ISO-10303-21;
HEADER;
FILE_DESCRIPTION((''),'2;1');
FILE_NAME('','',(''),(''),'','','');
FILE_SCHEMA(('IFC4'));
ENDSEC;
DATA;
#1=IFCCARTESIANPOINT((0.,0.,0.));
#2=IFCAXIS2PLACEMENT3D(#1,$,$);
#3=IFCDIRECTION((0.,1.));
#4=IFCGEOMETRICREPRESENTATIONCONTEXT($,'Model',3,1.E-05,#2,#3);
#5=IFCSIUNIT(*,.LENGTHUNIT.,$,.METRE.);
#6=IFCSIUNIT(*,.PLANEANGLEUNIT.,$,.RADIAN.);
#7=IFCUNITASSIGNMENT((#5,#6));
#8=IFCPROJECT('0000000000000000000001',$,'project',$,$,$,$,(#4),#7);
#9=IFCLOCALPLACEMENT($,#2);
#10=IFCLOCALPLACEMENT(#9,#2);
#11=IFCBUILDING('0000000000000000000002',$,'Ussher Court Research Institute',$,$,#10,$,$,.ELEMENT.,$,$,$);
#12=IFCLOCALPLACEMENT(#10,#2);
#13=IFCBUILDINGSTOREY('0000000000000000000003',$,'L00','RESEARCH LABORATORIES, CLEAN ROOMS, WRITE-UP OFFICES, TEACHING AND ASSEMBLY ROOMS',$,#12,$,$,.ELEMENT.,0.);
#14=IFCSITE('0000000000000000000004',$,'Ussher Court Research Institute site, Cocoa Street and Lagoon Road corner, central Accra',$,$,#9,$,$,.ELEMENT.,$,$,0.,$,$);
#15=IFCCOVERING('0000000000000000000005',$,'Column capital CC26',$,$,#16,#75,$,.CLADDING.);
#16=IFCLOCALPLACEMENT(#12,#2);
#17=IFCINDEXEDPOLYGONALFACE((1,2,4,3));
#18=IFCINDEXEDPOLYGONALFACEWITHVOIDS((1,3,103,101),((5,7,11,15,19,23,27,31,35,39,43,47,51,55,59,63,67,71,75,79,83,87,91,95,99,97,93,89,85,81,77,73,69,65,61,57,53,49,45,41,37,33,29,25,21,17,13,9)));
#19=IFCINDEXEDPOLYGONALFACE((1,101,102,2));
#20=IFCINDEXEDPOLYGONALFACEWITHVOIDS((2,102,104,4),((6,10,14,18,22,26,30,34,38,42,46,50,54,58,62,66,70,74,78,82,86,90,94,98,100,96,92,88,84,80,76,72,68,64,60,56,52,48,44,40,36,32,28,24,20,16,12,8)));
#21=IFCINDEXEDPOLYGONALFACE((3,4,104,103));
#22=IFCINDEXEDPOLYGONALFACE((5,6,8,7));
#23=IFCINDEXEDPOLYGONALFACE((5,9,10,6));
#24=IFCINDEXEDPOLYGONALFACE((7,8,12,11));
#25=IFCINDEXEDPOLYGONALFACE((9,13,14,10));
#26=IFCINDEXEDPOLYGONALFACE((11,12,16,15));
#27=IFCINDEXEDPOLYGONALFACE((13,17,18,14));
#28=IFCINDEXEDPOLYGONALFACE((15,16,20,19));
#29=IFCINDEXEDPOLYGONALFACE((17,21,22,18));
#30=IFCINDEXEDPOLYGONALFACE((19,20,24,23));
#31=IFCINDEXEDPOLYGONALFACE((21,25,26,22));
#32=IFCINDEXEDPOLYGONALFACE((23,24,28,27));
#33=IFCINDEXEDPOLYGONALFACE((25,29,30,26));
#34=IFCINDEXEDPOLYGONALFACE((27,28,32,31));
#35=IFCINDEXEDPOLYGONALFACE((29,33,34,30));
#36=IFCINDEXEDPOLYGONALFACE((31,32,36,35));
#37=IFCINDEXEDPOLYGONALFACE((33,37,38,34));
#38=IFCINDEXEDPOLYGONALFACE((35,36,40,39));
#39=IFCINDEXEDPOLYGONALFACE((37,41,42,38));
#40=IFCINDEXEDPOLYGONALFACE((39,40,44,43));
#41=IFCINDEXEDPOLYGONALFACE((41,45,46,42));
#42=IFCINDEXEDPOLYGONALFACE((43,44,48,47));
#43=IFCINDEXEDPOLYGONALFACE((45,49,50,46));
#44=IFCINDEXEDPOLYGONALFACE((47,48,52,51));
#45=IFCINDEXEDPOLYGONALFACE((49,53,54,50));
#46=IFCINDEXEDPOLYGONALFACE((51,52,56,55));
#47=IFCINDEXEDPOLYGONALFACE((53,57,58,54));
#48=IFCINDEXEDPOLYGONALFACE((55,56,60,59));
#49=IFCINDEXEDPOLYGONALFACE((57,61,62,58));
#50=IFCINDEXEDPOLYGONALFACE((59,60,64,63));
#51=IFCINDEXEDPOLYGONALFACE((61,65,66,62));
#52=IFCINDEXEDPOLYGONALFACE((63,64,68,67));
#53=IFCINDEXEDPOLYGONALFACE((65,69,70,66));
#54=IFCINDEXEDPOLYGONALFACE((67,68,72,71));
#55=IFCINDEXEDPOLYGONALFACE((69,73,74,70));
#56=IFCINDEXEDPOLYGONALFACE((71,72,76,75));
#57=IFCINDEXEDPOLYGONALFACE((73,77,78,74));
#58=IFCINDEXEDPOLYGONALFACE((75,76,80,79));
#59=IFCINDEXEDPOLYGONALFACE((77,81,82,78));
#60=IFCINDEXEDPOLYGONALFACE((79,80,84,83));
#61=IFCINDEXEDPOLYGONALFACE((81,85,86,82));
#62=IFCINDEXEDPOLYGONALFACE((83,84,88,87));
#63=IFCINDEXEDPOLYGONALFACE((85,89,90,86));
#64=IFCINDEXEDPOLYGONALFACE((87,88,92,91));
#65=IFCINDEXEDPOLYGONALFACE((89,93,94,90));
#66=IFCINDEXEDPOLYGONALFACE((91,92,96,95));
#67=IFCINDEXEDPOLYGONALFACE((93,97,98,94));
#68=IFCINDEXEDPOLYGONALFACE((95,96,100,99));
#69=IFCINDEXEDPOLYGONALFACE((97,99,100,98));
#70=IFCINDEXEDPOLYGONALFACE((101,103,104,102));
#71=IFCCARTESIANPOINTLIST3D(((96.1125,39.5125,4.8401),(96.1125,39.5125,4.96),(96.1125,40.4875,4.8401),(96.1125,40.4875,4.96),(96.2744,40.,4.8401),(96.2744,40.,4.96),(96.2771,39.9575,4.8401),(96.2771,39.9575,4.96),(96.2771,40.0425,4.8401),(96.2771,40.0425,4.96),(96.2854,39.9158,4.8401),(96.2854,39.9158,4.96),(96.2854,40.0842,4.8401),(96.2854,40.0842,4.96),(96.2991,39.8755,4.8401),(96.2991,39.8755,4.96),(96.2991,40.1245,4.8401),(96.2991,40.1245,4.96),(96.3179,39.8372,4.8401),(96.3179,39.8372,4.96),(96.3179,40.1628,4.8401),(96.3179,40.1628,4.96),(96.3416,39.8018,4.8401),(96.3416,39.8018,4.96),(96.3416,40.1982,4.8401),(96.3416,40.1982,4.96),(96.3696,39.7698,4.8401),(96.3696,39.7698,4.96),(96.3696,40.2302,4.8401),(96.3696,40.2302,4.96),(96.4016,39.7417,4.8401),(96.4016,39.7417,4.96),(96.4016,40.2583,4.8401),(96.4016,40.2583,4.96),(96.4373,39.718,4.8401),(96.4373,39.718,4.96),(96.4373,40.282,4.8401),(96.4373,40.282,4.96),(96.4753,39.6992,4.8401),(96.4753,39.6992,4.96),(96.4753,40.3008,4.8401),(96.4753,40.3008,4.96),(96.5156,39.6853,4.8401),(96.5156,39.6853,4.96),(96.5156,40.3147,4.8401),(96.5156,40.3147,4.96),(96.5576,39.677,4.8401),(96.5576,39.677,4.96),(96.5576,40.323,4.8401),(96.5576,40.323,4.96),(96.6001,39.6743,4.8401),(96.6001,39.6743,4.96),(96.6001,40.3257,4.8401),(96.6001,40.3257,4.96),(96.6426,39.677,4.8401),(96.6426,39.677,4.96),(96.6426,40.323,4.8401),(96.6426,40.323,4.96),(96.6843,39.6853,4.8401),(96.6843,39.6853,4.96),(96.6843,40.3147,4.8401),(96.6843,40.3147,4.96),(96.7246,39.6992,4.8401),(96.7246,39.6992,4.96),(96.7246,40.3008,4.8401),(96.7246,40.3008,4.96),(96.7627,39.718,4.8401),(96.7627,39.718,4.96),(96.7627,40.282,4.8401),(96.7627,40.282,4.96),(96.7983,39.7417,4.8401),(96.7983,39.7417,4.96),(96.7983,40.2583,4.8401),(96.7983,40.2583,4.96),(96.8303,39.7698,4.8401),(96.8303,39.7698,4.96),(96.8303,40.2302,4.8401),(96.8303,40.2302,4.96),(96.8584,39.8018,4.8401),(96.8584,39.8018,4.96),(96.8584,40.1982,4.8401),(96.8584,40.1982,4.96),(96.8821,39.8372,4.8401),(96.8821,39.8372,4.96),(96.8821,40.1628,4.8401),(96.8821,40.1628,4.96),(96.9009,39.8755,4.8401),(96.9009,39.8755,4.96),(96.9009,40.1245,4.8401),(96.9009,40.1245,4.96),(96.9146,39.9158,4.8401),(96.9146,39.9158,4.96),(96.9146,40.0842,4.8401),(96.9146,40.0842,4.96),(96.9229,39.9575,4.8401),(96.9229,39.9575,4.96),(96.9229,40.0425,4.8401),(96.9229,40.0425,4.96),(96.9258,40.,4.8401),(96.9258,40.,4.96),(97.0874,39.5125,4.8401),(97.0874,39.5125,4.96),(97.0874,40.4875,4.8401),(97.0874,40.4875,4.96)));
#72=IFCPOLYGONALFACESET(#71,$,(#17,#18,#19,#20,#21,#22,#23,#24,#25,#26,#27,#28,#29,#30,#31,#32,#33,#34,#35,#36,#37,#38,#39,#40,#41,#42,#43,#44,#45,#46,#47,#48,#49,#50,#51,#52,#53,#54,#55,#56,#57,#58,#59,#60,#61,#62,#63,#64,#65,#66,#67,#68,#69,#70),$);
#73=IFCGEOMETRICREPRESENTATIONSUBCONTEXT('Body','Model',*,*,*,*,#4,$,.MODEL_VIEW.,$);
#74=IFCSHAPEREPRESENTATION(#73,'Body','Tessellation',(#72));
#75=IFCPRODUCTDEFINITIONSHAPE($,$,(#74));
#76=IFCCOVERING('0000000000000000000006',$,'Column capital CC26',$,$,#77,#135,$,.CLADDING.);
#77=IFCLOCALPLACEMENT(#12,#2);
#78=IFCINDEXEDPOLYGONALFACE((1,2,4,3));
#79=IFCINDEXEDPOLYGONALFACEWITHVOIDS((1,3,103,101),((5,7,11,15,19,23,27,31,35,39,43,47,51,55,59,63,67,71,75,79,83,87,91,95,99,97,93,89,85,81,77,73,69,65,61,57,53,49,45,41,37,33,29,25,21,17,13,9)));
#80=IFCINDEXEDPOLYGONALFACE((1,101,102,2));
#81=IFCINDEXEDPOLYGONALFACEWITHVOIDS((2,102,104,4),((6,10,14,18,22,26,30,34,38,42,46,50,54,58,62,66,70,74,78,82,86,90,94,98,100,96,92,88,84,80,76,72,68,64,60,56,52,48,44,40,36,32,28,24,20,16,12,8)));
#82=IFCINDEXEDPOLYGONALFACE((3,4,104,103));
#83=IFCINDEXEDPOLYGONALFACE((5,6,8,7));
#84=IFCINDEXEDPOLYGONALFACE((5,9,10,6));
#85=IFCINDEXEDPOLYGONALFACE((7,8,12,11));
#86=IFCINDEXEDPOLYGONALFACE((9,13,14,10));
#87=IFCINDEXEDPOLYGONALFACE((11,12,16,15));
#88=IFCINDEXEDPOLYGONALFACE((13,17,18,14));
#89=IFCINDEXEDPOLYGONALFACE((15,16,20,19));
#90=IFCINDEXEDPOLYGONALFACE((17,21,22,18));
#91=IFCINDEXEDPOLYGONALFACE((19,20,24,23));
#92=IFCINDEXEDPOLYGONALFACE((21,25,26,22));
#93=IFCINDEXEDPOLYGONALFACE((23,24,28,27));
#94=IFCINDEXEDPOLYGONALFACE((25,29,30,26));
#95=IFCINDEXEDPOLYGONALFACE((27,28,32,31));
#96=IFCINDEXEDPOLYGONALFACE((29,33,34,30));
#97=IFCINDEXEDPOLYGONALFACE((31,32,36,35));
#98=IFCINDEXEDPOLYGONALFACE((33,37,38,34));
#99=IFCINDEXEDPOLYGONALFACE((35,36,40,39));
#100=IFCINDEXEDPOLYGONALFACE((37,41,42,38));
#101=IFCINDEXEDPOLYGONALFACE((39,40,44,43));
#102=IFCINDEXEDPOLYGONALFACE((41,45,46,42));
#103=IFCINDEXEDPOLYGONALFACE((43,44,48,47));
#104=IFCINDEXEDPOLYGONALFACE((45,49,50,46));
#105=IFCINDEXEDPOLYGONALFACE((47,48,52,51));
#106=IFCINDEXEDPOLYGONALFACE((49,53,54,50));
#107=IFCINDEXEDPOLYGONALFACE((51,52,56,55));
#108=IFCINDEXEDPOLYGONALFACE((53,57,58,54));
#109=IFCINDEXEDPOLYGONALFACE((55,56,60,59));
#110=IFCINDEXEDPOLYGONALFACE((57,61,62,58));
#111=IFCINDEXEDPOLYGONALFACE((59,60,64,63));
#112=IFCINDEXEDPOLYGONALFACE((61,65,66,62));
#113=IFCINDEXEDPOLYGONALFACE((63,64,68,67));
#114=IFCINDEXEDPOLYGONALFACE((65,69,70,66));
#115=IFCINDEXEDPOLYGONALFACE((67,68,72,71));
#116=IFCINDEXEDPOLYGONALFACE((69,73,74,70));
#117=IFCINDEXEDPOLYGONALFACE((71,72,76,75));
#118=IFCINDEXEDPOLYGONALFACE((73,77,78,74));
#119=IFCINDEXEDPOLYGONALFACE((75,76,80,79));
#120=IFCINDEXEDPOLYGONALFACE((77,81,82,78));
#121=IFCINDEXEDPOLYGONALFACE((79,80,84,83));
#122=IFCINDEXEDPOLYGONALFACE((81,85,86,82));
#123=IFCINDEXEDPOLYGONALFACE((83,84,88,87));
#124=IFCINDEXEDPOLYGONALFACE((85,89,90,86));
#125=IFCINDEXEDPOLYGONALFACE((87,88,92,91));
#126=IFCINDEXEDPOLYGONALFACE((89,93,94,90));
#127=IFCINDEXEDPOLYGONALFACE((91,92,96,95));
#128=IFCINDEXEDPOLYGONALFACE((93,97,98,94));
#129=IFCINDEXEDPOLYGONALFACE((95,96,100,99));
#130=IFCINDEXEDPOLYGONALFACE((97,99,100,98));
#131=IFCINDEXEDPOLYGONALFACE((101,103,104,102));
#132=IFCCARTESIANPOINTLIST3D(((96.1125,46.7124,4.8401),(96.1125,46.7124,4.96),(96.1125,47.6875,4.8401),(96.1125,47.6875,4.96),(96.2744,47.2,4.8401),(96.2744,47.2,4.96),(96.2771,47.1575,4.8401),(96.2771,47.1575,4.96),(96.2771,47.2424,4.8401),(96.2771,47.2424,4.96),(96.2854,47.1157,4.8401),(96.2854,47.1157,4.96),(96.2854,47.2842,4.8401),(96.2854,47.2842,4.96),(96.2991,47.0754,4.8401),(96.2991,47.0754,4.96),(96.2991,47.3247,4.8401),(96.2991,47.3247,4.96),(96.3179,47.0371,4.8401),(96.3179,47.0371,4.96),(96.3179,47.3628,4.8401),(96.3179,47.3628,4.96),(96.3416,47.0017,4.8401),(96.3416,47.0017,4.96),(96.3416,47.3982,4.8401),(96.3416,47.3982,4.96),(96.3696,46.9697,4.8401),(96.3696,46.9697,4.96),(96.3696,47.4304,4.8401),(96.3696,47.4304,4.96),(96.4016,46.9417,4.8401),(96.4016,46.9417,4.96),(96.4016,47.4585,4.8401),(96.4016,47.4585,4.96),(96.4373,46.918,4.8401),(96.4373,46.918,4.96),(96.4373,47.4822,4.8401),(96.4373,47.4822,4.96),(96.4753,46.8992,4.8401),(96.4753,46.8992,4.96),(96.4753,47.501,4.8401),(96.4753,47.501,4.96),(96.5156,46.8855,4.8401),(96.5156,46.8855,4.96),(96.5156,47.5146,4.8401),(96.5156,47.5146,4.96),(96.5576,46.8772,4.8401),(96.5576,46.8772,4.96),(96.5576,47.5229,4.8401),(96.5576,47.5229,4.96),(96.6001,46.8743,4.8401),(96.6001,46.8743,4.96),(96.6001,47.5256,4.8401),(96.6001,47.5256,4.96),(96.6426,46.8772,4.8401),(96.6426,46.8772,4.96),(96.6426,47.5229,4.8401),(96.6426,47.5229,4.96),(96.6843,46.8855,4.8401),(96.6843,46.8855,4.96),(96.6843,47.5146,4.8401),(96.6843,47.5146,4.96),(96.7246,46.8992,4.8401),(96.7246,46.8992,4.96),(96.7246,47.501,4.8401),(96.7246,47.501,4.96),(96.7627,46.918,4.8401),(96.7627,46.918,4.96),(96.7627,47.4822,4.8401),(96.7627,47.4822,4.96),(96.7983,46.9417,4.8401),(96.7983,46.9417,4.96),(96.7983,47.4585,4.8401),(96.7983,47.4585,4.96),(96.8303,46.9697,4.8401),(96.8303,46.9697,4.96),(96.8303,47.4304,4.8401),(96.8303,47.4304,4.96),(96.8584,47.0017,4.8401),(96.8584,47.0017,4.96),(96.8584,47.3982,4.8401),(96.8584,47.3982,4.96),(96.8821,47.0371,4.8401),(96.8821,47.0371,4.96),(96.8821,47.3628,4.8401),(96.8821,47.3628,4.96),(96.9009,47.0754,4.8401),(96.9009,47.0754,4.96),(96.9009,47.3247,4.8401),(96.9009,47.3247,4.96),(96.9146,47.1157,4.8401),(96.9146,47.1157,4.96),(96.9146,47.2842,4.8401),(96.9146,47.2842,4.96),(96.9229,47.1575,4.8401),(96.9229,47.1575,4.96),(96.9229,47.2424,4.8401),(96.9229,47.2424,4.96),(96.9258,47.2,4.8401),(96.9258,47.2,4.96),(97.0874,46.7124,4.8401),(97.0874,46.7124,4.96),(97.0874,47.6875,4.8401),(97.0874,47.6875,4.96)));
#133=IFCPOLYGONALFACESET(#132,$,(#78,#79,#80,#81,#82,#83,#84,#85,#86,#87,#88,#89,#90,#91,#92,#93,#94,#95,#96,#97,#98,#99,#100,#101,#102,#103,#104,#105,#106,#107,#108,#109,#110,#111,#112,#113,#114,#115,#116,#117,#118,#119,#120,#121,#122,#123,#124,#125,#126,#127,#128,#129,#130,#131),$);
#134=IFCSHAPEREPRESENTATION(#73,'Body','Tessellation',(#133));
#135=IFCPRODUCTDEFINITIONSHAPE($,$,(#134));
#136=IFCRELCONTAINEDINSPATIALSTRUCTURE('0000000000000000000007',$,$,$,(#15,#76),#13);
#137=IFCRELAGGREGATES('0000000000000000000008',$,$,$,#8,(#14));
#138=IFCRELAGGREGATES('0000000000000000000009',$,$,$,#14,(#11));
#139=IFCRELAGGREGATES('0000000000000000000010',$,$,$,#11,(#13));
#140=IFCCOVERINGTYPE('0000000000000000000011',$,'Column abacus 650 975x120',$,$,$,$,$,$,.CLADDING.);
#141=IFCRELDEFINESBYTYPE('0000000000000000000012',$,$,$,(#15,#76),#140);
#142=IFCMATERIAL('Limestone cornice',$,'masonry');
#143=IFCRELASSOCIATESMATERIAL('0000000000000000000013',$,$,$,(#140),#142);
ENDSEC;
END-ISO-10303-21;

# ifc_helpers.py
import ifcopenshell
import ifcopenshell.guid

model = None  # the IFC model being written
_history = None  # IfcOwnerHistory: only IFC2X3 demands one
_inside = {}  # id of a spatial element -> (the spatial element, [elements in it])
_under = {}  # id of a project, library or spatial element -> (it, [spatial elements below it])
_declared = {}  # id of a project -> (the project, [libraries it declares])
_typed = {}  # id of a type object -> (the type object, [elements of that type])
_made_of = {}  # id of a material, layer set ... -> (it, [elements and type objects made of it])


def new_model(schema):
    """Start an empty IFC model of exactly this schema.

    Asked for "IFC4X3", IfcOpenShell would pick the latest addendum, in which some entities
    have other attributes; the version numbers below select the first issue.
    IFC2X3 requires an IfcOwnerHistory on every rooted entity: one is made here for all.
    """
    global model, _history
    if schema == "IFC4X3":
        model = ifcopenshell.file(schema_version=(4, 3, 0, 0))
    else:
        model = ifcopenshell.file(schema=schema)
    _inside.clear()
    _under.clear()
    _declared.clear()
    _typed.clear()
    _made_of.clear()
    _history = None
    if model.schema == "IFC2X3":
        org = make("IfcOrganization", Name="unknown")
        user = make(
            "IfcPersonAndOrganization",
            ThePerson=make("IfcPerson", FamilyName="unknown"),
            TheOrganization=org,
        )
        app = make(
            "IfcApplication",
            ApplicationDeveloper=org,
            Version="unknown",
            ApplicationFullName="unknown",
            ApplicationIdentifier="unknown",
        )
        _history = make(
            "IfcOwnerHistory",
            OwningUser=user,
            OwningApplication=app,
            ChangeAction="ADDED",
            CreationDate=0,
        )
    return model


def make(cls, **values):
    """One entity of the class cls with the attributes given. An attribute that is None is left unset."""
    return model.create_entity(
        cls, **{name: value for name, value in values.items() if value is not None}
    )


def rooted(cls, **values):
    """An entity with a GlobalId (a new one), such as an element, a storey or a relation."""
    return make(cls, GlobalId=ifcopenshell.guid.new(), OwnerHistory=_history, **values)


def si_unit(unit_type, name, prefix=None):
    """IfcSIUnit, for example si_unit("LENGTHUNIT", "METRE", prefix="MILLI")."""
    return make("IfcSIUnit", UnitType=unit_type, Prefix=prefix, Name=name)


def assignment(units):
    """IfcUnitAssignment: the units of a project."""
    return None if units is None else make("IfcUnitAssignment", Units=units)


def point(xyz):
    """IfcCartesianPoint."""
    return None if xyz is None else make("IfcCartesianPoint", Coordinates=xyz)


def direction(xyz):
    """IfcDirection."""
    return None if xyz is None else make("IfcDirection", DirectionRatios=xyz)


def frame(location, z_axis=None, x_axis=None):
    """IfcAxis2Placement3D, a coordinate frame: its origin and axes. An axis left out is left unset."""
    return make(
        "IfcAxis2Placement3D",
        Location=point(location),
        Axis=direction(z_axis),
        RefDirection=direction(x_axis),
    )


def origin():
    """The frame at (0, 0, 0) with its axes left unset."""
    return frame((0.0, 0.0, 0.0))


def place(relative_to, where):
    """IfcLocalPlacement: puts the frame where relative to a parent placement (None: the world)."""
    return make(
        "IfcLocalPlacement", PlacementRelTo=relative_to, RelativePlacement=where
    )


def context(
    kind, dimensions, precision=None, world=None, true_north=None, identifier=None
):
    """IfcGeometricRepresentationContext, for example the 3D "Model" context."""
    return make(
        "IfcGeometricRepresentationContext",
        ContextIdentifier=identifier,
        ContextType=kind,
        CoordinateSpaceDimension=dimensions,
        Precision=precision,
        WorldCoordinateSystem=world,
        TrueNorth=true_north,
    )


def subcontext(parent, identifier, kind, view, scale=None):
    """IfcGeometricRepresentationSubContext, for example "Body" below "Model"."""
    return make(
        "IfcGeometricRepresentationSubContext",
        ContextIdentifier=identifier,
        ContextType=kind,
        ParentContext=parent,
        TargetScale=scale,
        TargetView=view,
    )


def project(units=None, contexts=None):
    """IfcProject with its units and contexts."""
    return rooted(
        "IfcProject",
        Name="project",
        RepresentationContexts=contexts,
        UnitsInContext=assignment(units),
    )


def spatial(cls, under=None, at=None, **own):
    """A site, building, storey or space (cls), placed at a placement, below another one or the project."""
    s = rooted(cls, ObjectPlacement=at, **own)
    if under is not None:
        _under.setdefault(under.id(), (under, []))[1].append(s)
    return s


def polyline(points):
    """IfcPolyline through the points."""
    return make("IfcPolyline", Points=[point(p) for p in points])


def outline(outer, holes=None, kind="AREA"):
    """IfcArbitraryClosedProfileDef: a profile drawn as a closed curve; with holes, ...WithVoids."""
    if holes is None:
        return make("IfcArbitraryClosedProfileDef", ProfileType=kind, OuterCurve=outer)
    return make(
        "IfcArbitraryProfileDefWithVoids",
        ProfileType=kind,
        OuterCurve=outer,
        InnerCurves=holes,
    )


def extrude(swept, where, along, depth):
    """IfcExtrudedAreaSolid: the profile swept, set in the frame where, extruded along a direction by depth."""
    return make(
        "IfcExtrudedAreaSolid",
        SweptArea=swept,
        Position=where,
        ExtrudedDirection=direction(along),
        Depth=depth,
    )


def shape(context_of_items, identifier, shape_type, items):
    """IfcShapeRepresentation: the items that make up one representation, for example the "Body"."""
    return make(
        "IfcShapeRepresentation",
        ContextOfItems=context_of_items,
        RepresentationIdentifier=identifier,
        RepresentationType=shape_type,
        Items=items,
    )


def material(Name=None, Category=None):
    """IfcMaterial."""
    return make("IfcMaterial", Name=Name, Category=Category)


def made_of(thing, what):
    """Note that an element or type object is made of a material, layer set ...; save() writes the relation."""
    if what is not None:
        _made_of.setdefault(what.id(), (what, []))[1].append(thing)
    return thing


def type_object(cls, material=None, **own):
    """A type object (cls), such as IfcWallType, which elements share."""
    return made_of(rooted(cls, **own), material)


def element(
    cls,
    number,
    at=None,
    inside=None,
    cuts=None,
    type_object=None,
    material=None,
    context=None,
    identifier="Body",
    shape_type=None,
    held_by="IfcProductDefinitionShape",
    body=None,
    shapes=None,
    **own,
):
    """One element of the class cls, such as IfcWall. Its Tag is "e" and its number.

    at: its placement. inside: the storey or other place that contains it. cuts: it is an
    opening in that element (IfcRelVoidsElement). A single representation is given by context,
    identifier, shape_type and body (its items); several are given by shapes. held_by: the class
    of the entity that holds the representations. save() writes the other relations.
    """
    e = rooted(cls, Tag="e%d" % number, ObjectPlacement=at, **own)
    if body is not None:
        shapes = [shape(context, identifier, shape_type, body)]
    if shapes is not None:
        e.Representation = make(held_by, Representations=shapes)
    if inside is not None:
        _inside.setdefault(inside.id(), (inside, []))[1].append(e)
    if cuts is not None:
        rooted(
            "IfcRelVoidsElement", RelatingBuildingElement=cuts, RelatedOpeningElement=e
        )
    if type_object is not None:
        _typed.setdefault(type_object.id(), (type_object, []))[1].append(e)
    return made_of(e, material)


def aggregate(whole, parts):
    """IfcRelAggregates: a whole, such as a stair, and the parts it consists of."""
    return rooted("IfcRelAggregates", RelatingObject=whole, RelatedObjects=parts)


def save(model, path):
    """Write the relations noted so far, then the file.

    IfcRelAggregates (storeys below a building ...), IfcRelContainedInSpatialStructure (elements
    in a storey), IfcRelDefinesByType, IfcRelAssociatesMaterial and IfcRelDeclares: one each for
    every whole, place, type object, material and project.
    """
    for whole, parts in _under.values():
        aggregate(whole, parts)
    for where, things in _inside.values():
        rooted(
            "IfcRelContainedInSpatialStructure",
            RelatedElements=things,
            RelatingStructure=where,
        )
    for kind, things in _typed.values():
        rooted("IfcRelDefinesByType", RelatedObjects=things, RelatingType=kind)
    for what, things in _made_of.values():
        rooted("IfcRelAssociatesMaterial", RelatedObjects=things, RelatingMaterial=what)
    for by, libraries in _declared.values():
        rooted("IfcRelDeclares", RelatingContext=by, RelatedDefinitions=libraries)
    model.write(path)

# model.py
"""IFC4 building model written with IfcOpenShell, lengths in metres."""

from ifc_helpers import new_model, si_unit, direction, frame, origin, place, context, subcontext, project, spatial, polyline, outline, extrude, material, type_object, element, save


model = new_model("IFC4")

# Units and contexts
model_context = context("Model", 3, precision=1e-05, world=origin(), true_north=direction((0.0, 1.0)))
body_context = subcontext(model_context, "Body", "Model", "MODEL_VIEW")
ifc_project = project(units=[si_unit("LENGTHUNIT", "METRE"), si_unit("PLANEANGLEUNIT", "RADIAN")], contexts=[model_context])

# Site, building, storey
site_placement = place(None, origin())
site = spatial("IfcSite", under=ifc_project, at=site_placement, Name="Ussher Court Research Institute site, Cocoa Street and Lagoon Road corner, central Accra", CompositionType="ELEMENT", RefElevation=0.0)
building_placement = place(site_placement, origin())
building = spatial("IfcBuilding", under=site, at=building_placement, Name="Ussher Court Research Institute", CompositionType="ELEMENT")
storey_placement = place(building_placement, origin())
storey = spatial("IfcBuildingStorey", under=building, at=storey_placement, Name="L00", Description="RESEARCH LABORATORIES, CLEAN ROOMS, WRITE-UP OFFICES, TEACHING AND ASSEMBLY ROOMS", CompositionType="ELEMENT", Elevation=0.0)

# Coverings
ifc_material_1 = material(Name="Limestone cornice", Category="masonry")
covering_type_1 = type_object("IfcCoveringType", Name="Column abacus 650 975x120", PredefinedType="CLADDING", material=ifc_material_1)
covering_1_placement = place(storey_placement, frame((0.0, 0.0, 4.8401)))
element("IfcCovering", 1, at=covering_1_placement, inside=storey, type_object=covering_type_1, Name="Column capital CC26", PredefinedType="CLADDING", context=body_context, shape_type="SweptSolid", body=[
    extrude(outline(polyline([(97.0874, 39.5125), (97.0874, 40.4875), (96.1125, 40.4875), (96.1125, 39.5125), (97.0874, 39.5125)]), holes=[polyline([(96.9258, 40.0), (96.9229, 40.0425), (96.9146, 40.0842), (96.9009, 40.1245), (96.8821, 40.1628), (96.8584, 40.1982), (96.8303, 40.2302), (96.7983, 40.2583), (96.7627, 40.282), (96.7246, 40.3008), (96.6843, 40.3147), (96.6426, 40.323), (96.6001, 40.3257), (96.5576, 40.323), (96.5156, 40.3147), (96.4753, 40.3008), (96.4373, 40.282), (96.4016, 40.2583), (96.3696, 40.2302), (96.3416, 40.1982), (96.3179, 40.1628), (96.2991, 40.1245), (96.2854, 40.0842), (96.2771, 40.0425), (96.2744, 40.0), (96.2771, 39.9575), (96.2854, 39.9158), (96.2991, 39.8755), (96.3179, 39.8372), (96.3416, 39.8018), (96.3696, 39.7698), (96.4016, 39.7417), (96.4373, 39.718), (96.4753, 39.6992), (96.5156, 39.6853), (96.5576, 39.677), (96.6001, 39.6743), (96.6426, 39.677), (96.6843, 39.6853), (96.7246, 39.6992), (96.7627, 39.718), (96.7983, 39.7417), (96.8303, 39.7698), (96.8584, 39.8018), (96.8821, 39.8372), (96.9009, 39.8755), (96.9146, 39.9158), (96.9229, 39.9575), (96.9258, 40.0)])]), origin(), (0.0, 0.0, 1.0), 0.1199),
])
covering_2_placement = place(storey_placement, frame((0.0, 0.0, 4.8401)))
element("IfcCovering", 2, at=covering_2_placement, inside=storey, type_object=covering_type_1, Name="Column capital CC26", PredefinedType="CLADDING", context=body_context, shape_type="SweptSolid", body=[
    extrude(outline(polyline([(97.0874, 46.7124), (97.0874, 47.6875), (96.1125, 47.6875), (96.1125, 46.7124), (97.0874, 46.7124)]), holes=[polyline([(96.9258, 47.2), (96.9229, 47.2424), (96.9146, 47.2842), (96.9009, 47.3247), (96.8821, 47.3628), (96.8584, 47.3982), (96.8303, 47.4304), (96.7983, 47.4585), (96.7627, 47.4822), (96.7246, 47.501), (96.6843, 47.5146), (96.6426, 47.5229), (96.6001, 47.5256), (96.5576, 47.5229), (96.5156, 47.5146), (96.4753, 47.501), (96.4373, 47.4822), (96.4016, 47.4585), (96.3696, 47.4304), (96.3416, 47.3982), (96.3179, 47.3628), (96.2991, 47.3247), (96.2854, 47.2842), (96.2771, 47.2424), (96.2744, 47.2), (96.2771, 47.1575), (96.2854, 47.1157), (96.2991, 47.0754), (96.3179, 47.0371), (96.3416, 47.0017), (96.3696, 46.9697), (96.4016, 46.9417), (96.4373, 46.918), (96.4753, 46.8992), (96.5156, 46.8855), (96.5576, 46.8772), (96.6001, 46.8743), (96.6426, 46.8772), (96.6843, 46.8855), (96.7246, 46.8992), (96.7627, 46.918), (96.7983, 46.9417), (96.8303, 46.9697), (96.8584, 47.0017), (96.8821, 47.0371), (96.9009, 47.0754), (96.9146, 47.1157), (96.9229, 47.1575), (96.9258, 47.2)])]), origin(), (0.0, 0.0, 1.0), 0.1199),
])

save(model, "model.ifc")
